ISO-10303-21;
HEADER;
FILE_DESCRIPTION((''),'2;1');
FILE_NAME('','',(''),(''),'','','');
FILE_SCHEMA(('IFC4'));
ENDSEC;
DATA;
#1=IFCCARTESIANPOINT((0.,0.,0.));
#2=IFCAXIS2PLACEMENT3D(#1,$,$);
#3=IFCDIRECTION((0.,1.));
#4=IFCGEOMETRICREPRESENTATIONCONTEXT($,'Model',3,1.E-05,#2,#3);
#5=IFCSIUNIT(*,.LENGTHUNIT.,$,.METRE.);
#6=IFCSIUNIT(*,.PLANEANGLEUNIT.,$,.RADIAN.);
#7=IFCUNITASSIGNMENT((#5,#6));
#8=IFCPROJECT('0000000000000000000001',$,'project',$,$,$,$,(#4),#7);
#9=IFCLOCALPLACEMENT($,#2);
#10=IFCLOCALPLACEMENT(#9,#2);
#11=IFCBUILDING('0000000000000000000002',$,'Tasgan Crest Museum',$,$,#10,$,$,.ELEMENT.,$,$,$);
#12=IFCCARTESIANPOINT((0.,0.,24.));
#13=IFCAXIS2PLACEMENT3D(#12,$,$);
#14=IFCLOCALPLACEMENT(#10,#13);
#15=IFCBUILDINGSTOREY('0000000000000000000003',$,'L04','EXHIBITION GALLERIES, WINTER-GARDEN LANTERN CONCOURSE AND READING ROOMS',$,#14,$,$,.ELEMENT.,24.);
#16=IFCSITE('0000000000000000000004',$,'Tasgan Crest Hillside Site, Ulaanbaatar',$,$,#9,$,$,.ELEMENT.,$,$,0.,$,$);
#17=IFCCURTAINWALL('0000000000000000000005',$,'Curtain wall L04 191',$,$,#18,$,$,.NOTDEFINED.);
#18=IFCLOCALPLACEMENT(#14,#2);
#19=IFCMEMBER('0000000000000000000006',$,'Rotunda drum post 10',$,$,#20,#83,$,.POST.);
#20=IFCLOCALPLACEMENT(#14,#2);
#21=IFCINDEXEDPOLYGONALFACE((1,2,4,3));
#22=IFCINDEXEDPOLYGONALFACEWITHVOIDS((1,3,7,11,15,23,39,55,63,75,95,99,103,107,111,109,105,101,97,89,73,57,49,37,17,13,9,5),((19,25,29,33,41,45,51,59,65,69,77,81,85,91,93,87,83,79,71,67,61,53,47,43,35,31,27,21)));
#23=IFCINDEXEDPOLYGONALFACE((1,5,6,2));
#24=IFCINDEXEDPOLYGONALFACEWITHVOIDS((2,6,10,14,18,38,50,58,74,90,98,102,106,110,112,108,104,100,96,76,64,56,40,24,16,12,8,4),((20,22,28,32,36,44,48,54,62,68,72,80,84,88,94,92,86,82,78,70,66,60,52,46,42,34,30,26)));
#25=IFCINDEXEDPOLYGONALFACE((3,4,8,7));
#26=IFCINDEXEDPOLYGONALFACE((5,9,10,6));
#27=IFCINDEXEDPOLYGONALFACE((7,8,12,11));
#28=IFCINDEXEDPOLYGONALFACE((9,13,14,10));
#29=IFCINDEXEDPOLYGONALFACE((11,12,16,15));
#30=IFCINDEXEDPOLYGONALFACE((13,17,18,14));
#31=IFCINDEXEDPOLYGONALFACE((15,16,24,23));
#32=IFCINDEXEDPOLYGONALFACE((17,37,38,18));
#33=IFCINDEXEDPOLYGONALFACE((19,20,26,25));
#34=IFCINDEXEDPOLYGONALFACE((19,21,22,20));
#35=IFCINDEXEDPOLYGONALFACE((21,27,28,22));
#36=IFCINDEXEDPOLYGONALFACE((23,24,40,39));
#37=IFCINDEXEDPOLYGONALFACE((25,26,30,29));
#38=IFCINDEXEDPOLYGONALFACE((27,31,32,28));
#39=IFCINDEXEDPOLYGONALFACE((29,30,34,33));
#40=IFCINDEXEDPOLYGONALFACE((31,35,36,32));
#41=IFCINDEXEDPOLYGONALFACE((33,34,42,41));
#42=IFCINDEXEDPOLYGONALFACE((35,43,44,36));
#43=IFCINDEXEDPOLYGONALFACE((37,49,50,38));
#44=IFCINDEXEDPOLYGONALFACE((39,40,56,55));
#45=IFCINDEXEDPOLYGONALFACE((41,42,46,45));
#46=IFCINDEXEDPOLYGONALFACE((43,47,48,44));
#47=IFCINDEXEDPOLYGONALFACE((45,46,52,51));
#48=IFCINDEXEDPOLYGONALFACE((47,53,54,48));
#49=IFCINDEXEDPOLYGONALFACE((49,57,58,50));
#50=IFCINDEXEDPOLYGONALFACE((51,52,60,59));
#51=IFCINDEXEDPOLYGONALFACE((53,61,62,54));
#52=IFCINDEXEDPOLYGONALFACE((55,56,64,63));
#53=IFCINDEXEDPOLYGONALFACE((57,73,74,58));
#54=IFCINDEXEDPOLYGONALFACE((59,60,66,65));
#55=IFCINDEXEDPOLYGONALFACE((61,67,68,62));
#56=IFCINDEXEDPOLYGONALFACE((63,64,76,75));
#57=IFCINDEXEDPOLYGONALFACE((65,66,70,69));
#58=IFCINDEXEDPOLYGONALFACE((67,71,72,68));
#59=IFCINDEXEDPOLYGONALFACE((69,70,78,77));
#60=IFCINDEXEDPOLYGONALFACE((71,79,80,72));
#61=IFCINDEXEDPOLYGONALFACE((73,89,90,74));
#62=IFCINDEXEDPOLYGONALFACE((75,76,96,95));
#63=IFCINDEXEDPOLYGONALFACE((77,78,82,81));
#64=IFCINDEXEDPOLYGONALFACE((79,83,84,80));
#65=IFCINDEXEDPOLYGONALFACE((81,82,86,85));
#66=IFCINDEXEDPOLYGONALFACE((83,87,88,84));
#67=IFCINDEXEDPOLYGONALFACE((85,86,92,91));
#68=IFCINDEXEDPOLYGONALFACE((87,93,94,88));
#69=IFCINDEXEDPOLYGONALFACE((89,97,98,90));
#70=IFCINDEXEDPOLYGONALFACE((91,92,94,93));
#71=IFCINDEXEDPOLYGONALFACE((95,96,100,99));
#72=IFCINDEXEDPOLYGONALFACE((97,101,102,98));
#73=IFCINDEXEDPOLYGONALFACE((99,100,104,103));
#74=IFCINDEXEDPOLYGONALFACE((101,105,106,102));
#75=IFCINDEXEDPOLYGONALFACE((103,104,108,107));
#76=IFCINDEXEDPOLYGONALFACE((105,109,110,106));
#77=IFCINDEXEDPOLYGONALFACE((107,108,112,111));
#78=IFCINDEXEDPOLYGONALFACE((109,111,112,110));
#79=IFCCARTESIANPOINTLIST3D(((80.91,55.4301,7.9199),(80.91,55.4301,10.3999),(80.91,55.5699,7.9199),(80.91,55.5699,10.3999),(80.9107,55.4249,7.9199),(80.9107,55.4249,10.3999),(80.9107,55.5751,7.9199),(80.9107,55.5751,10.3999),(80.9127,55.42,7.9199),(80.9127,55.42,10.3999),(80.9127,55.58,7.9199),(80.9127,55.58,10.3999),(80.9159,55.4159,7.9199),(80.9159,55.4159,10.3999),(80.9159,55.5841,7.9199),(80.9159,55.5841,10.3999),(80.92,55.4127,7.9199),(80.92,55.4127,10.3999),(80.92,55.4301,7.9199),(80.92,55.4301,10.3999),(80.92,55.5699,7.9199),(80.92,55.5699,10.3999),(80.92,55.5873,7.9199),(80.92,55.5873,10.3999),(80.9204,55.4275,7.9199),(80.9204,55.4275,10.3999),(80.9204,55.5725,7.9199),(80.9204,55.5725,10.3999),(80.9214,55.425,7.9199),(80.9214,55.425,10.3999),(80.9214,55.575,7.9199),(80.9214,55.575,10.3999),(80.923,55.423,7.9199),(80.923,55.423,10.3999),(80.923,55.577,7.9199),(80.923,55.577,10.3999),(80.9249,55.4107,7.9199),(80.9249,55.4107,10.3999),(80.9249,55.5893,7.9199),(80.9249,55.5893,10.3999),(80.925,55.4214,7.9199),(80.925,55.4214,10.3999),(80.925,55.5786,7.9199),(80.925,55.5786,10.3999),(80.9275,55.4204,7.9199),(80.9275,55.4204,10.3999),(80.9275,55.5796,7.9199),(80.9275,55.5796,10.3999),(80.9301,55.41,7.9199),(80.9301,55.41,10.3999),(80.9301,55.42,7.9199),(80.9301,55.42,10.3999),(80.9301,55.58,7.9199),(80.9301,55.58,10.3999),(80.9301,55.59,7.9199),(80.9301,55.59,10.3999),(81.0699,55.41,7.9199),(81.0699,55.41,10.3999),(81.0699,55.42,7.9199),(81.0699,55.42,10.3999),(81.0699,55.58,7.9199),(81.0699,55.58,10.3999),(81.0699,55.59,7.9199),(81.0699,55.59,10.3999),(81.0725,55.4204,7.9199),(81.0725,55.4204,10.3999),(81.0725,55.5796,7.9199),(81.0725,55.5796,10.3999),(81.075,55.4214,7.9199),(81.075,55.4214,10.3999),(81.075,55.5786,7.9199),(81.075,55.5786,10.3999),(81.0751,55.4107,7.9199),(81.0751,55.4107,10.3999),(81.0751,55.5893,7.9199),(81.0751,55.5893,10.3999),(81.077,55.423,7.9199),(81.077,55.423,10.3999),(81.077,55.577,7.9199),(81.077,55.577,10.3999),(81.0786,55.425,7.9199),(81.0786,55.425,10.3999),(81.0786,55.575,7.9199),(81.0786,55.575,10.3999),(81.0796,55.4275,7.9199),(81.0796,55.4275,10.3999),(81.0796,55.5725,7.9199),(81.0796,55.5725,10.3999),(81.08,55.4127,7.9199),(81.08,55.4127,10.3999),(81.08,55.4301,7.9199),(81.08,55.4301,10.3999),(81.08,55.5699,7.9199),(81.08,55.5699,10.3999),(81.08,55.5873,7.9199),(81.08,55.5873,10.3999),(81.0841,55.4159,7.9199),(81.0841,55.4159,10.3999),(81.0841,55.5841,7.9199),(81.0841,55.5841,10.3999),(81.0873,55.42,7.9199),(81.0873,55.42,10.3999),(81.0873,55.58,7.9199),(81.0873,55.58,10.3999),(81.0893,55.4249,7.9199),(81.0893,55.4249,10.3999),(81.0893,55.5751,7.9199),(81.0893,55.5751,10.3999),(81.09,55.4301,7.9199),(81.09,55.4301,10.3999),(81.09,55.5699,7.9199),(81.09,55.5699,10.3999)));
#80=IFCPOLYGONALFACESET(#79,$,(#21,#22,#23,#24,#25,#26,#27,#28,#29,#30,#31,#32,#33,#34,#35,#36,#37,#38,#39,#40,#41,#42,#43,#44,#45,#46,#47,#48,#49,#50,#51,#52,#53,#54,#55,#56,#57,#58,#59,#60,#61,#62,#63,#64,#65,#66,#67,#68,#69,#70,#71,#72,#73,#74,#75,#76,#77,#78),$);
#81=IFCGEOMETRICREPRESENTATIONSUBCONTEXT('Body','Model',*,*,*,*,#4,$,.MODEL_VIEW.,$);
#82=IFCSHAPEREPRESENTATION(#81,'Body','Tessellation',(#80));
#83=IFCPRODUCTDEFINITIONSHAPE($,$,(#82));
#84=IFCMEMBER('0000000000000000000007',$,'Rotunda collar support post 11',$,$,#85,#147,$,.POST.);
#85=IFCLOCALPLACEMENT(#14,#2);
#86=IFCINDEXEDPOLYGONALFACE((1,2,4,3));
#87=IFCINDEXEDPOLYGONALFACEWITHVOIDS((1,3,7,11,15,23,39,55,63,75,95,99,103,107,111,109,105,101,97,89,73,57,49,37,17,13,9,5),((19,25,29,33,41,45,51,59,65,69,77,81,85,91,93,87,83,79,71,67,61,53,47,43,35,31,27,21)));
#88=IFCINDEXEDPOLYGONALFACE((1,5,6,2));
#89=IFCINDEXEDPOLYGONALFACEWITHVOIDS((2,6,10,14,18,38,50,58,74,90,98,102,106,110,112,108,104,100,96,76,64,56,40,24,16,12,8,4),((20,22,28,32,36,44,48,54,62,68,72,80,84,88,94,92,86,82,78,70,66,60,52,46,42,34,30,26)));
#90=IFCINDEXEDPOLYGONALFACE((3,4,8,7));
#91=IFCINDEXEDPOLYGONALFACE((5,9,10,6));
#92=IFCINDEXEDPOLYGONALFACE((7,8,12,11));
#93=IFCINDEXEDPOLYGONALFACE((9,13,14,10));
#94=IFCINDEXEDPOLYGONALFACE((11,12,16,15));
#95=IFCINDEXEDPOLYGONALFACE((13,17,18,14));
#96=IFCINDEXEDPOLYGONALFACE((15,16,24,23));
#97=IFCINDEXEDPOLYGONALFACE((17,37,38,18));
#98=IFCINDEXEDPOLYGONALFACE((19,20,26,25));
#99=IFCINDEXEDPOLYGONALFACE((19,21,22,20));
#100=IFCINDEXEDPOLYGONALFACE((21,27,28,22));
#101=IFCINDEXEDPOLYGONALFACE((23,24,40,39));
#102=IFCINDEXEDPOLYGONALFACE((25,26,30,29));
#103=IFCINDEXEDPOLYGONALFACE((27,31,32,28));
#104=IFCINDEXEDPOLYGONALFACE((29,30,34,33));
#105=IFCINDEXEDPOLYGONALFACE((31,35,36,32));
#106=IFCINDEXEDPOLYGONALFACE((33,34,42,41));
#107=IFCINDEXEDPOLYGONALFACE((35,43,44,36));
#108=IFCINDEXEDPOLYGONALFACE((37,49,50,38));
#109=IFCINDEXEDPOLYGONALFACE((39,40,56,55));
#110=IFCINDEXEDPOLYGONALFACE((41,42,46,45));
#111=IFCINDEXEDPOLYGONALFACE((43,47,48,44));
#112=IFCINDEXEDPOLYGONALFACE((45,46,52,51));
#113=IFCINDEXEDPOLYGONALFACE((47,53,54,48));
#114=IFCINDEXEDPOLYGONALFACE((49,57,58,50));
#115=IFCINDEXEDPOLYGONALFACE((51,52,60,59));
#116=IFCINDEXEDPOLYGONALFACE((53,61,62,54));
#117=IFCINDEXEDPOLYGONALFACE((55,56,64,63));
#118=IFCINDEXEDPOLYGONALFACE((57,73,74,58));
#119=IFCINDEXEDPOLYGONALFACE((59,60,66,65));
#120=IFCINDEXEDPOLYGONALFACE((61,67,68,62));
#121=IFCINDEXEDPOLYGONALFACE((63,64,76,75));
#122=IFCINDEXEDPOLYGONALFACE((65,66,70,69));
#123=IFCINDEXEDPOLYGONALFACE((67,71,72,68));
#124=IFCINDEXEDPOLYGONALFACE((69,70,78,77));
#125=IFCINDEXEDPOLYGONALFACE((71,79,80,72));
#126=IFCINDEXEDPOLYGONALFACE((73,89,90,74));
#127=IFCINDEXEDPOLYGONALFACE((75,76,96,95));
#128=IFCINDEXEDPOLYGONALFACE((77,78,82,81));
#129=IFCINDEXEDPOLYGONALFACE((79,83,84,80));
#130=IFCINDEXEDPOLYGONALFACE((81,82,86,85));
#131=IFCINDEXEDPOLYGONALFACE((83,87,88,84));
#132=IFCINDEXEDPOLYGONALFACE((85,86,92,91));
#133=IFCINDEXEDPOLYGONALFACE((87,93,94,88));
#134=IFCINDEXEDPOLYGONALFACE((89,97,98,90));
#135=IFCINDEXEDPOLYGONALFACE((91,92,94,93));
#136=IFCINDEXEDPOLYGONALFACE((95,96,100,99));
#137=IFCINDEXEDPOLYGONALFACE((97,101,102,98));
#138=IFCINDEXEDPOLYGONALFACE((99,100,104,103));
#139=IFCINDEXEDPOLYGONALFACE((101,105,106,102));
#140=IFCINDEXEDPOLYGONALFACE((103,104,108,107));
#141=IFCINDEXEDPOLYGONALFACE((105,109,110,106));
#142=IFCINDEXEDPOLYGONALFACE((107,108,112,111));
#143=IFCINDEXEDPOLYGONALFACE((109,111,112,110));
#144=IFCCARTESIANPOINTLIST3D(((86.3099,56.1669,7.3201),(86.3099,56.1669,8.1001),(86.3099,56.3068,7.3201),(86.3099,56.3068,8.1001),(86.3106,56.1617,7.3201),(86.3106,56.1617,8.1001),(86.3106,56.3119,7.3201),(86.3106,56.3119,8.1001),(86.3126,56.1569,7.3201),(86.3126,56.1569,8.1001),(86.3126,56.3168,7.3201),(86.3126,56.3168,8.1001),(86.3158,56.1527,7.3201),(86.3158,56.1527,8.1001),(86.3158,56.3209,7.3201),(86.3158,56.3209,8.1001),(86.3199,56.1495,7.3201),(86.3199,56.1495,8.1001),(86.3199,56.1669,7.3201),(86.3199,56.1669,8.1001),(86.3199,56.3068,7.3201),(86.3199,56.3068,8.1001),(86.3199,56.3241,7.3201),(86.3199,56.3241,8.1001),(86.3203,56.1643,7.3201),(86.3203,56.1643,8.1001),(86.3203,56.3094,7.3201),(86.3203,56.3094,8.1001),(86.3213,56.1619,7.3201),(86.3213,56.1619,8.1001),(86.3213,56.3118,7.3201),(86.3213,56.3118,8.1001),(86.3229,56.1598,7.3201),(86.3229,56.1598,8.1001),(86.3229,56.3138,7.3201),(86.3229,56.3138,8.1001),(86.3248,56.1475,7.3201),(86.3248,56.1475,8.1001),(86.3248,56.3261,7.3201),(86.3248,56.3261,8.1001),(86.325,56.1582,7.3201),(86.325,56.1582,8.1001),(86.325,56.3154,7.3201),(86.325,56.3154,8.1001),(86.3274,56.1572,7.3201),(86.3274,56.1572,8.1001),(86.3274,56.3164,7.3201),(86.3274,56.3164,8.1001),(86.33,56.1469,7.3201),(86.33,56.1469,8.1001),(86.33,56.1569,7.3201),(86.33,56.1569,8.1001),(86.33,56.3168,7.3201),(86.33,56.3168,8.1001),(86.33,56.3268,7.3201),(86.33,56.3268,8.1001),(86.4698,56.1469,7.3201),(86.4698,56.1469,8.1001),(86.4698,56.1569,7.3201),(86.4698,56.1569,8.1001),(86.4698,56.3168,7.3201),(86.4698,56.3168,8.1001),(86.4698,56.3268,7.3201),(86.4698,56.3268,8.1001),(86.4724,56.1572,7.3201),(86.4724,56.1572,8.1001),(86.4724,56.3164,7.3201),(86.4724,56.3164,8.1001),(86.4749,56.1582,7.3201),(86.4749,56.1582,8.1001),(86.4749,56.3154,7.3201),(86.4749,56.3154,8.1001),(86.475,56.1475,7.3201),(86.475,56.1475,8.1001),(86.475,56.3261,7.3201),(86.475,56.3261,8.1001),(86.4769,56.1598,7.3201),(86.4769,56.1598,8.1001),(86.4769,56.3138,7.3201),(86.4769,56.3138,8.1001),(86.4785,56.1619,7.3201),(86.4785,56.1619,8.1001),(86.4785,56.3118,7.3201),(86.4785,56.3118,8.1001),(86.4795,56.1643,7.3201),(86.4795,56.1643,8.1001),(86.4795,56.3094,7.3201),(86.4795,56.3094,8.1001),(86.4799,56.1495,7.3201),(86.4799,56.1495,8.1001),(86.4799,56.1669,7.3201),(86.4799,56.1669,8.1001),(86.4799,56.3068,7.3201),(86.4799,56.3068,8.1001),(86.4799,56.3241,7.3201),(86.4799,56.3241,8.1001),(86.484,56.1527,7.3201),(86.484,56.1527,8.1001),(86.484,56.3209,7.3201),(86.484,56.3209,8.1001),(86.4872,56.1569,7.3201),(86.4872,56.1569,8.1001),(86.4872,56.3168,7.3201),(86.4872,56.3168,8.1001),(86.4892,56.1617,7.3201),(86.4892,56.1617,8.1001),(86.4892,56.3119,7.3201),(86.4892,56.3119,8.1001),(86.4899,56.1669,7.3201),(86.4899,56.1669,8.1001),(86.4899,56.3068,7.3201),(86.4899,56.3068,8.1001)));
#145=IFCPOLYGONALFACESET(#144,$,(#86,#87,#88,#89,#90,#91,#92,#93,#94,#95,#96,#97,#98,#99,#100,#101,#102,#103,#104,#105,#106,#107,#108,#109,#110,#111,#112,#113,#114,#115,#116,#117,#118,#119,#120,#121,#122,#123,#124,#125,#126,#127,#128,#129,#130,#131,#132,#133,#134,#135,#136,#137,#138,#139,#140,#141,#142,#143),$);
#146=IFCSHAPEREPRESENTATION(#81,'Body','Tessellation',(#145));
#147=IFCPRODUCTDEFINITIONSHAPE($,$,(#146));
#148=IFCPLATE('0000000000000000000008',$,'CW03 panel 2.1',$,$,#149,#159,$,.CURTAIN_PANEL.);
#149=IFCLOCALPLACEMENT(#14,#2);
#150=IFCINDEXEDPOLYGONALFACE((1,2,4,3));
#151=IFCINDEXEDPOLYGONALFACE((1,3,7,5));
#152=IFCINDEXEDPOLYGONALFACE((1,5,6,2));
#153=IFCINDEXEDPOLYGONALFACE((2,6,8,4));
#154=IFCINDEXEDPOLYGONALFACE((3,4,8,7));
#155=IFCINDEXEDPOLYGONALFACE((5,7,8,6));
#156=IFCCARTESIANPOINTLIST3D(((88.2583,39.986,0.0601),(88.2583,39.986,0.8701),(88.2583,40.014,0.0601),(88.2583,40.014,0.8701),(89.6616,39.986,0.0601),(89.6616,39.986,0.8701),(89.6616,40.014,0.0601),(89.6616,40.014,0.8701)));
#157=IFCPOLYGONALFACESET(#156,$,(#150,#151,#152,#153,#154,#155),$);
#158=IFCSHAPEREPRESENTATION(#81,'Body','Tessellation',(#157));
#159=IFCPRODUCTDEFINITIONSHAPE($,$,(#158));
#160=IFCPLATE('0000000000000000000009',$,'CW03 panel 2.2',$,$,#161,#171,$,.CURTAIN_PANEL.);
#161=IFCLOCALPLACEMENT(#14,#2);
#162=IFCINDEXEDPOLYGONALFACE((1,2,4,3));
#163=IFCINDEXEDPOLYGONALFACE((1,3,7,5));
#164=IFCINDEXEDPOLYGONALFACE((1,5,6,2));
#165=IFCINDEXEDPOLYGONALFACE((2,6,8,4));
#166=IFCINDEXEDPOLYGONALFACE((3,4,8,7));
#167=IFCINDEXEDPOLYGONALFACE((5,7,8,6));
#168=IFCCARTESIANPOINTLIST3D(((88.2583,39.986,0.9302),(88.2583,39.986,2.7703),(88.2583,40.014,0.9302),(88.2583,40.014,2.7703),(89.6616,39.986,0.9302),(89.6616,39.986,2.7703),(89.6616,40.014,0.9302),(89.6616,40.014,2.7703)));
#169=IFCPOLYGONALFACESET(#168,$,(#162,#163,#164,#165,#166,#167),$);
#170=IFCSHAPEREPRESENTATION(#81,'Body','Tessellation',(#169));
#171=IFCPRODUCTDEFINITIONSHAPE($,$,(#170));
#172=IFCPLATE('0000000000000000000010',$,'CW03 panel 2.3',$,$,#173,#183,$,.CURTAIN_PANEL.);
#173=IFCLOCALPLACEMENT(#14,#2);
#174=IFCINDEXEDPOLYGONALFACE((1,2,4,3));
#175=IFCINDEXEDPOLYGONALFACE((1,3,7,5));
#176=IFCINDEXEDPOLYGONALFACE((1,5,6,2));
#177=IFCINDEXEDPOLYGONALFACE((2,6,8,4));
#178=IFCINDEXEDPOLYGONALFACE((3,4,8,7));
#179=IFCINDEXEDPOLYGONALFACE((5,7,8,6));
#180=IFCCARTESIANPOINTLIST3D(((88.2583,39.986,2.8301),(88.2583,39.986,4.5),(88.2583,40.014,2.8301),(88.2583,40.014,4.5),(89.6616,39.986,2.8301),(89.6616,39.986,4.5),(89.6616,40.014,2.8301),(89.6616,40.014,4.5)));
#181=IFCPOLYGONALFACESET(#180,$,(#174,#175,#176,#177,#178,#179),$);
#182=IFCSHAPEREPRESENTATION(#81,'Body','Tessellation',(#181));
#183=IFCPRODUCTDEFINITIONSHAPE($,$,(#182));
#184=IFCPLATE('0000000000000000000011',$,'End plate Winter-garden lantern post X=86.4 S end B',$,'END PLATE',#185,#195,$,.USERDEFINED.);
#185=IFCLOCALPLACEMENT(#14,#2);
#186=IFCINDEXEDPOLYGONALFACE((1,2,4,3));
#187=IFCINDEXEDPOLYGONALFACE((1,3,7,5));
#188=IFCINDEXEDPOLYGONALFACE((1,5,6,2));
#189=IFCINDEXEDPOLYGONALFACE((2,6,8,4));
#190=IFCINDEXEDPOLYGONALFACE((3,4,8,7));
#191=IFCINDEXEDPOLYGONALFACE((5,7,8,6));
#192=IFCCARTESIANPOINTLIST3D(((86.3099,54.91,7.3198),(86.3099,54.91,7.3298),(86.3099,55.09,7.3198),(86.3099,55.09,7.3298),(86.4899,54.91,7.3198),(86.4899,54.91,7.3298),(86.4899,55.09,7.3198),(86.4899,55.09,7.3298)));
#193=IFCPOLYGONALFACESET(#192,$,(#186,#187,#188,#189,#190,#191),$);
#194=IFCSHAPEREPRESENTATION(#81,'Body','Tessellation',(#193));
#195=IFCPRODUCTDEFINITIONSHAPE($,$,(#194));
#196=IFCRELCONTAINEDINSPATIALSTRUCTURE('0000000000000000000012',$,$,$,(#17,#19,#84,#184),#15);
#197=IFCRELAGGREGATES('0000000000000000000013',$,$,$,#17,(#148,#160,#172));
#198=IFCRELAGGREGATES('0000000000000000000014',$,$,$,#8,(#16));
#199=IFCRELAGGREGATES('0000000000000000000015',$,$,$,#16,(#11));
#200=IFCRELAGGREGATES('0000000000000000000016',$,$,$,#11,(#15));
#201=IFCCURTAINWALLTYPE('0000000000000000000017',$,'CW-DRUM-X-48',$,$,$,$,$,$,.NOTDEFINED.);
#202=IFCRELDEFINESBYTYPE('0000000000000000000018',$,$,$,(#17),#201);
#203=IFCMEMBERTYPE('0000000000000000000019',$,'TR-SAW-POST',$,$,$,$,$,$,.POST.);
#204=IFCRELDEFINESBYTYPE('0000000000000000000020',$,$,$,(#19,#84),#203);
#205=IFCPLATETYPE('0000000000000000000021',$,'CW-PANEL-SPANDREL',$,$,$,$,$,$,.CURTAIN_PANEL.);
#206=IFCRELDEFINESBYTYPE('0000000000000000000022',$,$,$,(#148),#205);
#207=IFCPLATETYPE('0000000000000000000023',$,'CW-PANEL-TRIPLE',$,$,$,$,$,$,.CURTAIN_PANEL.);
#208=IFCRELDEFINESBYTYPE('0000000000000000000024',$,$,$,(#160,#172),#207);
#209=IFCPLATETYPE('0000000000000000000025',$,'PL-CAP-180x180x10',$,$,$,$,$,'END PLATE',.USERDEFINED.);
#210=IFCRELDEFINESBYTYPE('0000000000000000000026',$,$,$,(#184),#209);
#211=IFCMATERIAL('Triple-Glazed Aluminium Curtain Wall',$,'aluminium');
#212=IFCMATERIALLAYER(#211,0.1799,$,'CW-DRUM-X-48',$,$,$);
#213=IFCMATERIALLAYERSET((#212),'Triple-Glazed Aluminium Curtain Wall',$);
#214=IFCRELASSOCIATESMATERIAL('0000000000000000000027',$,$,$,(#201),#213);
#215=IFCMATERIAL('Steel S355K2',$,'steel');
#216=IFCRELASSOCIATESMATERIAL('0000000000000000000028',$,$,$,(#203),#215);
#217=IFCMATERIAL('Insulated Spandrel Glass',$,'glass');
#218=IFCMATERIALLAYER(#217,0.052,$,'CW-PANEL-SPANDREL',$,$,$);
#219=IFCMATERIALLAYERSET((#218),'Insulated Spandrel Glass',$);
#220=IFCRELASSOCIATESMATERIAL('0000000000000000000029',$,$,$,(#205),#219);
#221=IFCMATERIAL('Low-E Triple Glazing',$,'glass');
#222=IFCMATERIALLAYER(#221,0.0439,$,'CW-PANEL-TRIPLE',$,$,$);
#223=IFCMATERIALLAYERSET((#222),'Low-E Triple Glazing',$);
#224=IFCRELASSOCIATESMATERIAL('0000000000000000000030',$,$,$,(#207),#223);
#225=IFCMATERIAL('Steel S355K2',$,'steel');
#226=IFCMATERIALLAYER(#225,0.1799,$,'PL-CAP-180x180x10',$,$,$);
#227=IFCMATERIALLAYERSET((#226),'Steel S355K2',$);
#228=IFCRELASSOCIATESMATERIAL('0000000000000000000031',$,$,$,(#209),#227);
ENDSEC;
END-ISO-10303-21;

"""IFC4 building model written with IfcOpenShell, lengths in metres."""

from ifc_helpers import new_model, si_unit, direction, frame, origin, origin_2d, place, context, subcontext, project, spatial, rectangle, hollow_rectangle, extrude, material, layer, layer_set, material_profile, profile_set, type_object, element, aggregate, save


model = new_model("IFC4")

# Units and contexts
model_context = context("Model", 3, precision=1e-05, world=origin(), true_north=direction((0.0, 1.0)))
body_context = subcontext(model_context, "Body", "Model", "MODEL_VIEW")
ifc_project = project(units=[si_unit("LENGTHUNIT", "METRE"), si_unit("PLANEANGLEUNIT", "RADIAN")], contexts=[model_context])

# Site, building, storey
site_placement = place(None, origin())
site = spatial("IfcSite", under=ifc_project, at=site_placement, Name="Tasgan Crest Hillside Site, Ulaanbaatar", CompositionType="ELEMENT", RefElevation=0.0)
building_placement = place(site_placement, origin())
building = spatial("IfcBuilding", under=site, at=building_placement, Name="Tasgan Crest Museum", CompositionType="ELEMENT")
storey_placement = place(building_placement, frame((0.0, 0.0, 24.0)))
storey = spatial("IfcBuildingStorey", under=building, at=storey_placement, Name="L04", Description="EXHIBITION GALLERIES, WINTER-GARDEN LANTERN CONCOURSE AND READING ROOMS", CompositionType="ELEMENT", Elevation=24.0)

# Curtain wall
ifc_material_1 = material(Name="Triple-Glazed Aluminium Curtain Wall", Category="aluminium")
ifc_layer_1 = layer(ifc_material_1, 0.1799, Name="CW-DRUM-X-48")
ifc_layer_set_1 = layer_set([ifc_layer_1], Name="Triple-Glazed Aluminium Curtain Wall")
curtain_wall_type = type_object("IfcCurtainWallType", Name="CW-DRUM-X-48", PredefinedType="NOTDEFINED", material=ifc_layer_set_1)
curtain_wall_placement = place(storey_placement, origin())
curtain_wall = element("IfcCurtainWall", 1, at=curtain_wall_placement, inside=storey, type_object=curtain_wall_type, Name="Curtain wall L04 191", PredefinedType="NOTDEFINED")

# Members
ifc_material_2 = material(Name="Steel S355K2", Category="steel")
ifc_material_profile_1 = material_profile(ifc_material_2, hollow_rectangle(XDim=0.1799, YDim=0.1799, WallThickness=0.01, InnerFilletRadius=0.01, OuterFilletRadius=0.02, at=origin_2d()), Name="SHS 180x180x10")
ifc_profile_set_1 = profile_set([ifc_material_profile_1], Name="Steel S355K2")
member_type_1 = type_object("IfcMemberType", Name="TR-SAW-POST", PredefinedType="POST", material=ifc_profile_set_1)
member_1_placement = place(storey_placement, frame((81.0, 55.5, 7.9199), z_axis=(0.0, 0.0, 1.0), x_axis=(1.0, 0.0, 0.0)))
element("IfcMember", 2, at=member_1_placement, inside=storey, type_object=member_type_1, Name="Rotunda drum post 10", PredefinedType="POST", context=body_context, shape_type="SweptSolid", body=[
    extrude(hollow_rectangle(XDim=0.1799, YDim=0.1799, WallThickness=0.01, InnerFilletRadius=0.01, OuterFilletRadius=0.02, at=origin_2d()), origin(), (0.0, 0.0, 1.0), 2.48),
])
member_2_placement = place(storey_placement, frame((86.3999, 56.2368, 7.3201), z_axis=(0.0, 0.0, 1.0), x_axis=(1.0, 0.0, 0.0)))
element("IfcMember", 3, at=member_2_placement, inside=storey, type_object=member_type_1, Name="Rotunda collar support post 11", PredefinedType="POST", context=body_context, shape_type="SweptSolid", body=[
    extrude(hollow_rectangle(XDim=0.1799, YDim=0.1799, WallThickness=0.01, InnerFilletRadius=0.01, OuterFilletRadius=0.02, at=origin_2d()), origin(), (0.0, 0.0, 1.0), 0.78),
])

# Plates
ifc_material_3 = material(Name="Insulated Spandrel Glass", Category="glass")
ifc_layer_2 = layer(ifc_material_3, 0.052, Name="CW-PANEL-SPANDREL")
ifc_layer_set_2 = layer_set([ifc_layer_2], Name="Insulated Spandrel Glass")
plate_type_1 = type_object("IfcPlateType", Name="CW-PANEL-SPANDREL", PredefinedType="CURTAIN_PANEL", material=ifc_layer_set_2)
plate_1_placement = place(storey_placement, frame((88.96, 40.0, 0.0601), z_axis=(0.0, 0.0, 1.0), x_axis=(1.0, 0.0, 0.0)))
plate_1 = element("IfcPlate", 4, at=plate_1_placement, type_object=plate_type_1, Name="CW03 panel 2.1", PredefinedType="CURTAIN_PANEL", context=body_context, shape_type="SweptSolid", body=[
    extrude(rectangle(XDim=1.4033, YDim=0.0281, at=origin_2d()), origin(), (0.0, 0.0, 1.0), 0.8101),
])
ifc_material_4 = material(Name="Low-E Triple Glazing", Category="glass")
ifc_layer_3 = layer(ifc_material_4, 0.0439, Name="CW-PANEL-TRIPLE")
ifc_layer_set_3 = layer_set([ifc_layer_3], Name="Low-E Triple Glazing")
plate_type_2 = type_object("IfcPlateType", Name="CW-PANEL-TRIPLE", PredefinedType="CURTAIN_PANEL", material=ifc_layer_set_3)
plate_2_placement = place(storey_placement, frame((88.96, 40.0, 0.9302), z_axis=(0.0, 0.0, 1.0), x_axis=(1.0, 0.0, 0.0)))
plate_2 = element("IfcPlate", 5, at=plate_2_placement, type_object=plate_type_2, Name="CW03 panel 2.2", PredefinedType="CURTAIN_PANEL", context=body_context, shape_type="SweptSolid", body=[
    extrude(rectangle(XDim=1.4033, YDim=0.0281, at=origin_2d()), origin(), (0.0, 0.0, 1.0), 1.8401),
])
plate_3_placement = place(storey_placement, frame((88.96, 40.0, 2.8301), z_axis=(0.0, 0.0, 1.0), x_axis=(1.0, 0.0, 0.0)))
plate_3 = element("IfcPlate", 6, at=plate_3_placement, type_object=plate_type_2, Name="CW03 panel 2.3", PredefinedType="CURTAIN_PANEL", context=body_context, shape_type="SweptSolid", body=[
    extrude(rectangle(XDim=1.4033, YDim=0.0281, at=origin_2d()), origin(), (0.0, 0.0, 1.0), 1.6699),
])
aggregate(curtain_wall, [plate_1, plate_2, plate_3])

# Plate
ifc_material_5 = material(Name="Steel S355K2", Category="steel")
ifc_layer_4 = layer(ifc_material_5, 0.1799, Name="PL-CAP-180x180x10")
ifc_layer_set_4 = layer_set([ifc_layer_4], Name="Steel S355K2")
plate_type_3 = type_object("IfcPlateType", Name="PL-CAP-180x180x10", ElementType="END PLATE", PredefinedType="USERDEFINED", material=ifc_layer_set_4)
plate_4_placement = place(storey_placement, frame((86.3999, 55.0, 7.3198), z_axis=(0.0, 0.0, 1.0), x_axis=(1.0, 0.0, 0.0)))
element("IfcPlate", 7, at=plate_4_placement, inside=storey, type_object=plate_type_3, Name="End plate Winter-garden lantern post X=86.4 S end B", ObjectType="END PLATE", PredefinedType="USERDEFINED", context=body_context, shape_type="SweptSolid", body=[
    extrude(rectangle(XDim=0.1799, YDim=0.1799, at=origin_2d()), origin(), (0.0, 0.0, 1.0), 0.01),
])

save(model, "model.ifc")
